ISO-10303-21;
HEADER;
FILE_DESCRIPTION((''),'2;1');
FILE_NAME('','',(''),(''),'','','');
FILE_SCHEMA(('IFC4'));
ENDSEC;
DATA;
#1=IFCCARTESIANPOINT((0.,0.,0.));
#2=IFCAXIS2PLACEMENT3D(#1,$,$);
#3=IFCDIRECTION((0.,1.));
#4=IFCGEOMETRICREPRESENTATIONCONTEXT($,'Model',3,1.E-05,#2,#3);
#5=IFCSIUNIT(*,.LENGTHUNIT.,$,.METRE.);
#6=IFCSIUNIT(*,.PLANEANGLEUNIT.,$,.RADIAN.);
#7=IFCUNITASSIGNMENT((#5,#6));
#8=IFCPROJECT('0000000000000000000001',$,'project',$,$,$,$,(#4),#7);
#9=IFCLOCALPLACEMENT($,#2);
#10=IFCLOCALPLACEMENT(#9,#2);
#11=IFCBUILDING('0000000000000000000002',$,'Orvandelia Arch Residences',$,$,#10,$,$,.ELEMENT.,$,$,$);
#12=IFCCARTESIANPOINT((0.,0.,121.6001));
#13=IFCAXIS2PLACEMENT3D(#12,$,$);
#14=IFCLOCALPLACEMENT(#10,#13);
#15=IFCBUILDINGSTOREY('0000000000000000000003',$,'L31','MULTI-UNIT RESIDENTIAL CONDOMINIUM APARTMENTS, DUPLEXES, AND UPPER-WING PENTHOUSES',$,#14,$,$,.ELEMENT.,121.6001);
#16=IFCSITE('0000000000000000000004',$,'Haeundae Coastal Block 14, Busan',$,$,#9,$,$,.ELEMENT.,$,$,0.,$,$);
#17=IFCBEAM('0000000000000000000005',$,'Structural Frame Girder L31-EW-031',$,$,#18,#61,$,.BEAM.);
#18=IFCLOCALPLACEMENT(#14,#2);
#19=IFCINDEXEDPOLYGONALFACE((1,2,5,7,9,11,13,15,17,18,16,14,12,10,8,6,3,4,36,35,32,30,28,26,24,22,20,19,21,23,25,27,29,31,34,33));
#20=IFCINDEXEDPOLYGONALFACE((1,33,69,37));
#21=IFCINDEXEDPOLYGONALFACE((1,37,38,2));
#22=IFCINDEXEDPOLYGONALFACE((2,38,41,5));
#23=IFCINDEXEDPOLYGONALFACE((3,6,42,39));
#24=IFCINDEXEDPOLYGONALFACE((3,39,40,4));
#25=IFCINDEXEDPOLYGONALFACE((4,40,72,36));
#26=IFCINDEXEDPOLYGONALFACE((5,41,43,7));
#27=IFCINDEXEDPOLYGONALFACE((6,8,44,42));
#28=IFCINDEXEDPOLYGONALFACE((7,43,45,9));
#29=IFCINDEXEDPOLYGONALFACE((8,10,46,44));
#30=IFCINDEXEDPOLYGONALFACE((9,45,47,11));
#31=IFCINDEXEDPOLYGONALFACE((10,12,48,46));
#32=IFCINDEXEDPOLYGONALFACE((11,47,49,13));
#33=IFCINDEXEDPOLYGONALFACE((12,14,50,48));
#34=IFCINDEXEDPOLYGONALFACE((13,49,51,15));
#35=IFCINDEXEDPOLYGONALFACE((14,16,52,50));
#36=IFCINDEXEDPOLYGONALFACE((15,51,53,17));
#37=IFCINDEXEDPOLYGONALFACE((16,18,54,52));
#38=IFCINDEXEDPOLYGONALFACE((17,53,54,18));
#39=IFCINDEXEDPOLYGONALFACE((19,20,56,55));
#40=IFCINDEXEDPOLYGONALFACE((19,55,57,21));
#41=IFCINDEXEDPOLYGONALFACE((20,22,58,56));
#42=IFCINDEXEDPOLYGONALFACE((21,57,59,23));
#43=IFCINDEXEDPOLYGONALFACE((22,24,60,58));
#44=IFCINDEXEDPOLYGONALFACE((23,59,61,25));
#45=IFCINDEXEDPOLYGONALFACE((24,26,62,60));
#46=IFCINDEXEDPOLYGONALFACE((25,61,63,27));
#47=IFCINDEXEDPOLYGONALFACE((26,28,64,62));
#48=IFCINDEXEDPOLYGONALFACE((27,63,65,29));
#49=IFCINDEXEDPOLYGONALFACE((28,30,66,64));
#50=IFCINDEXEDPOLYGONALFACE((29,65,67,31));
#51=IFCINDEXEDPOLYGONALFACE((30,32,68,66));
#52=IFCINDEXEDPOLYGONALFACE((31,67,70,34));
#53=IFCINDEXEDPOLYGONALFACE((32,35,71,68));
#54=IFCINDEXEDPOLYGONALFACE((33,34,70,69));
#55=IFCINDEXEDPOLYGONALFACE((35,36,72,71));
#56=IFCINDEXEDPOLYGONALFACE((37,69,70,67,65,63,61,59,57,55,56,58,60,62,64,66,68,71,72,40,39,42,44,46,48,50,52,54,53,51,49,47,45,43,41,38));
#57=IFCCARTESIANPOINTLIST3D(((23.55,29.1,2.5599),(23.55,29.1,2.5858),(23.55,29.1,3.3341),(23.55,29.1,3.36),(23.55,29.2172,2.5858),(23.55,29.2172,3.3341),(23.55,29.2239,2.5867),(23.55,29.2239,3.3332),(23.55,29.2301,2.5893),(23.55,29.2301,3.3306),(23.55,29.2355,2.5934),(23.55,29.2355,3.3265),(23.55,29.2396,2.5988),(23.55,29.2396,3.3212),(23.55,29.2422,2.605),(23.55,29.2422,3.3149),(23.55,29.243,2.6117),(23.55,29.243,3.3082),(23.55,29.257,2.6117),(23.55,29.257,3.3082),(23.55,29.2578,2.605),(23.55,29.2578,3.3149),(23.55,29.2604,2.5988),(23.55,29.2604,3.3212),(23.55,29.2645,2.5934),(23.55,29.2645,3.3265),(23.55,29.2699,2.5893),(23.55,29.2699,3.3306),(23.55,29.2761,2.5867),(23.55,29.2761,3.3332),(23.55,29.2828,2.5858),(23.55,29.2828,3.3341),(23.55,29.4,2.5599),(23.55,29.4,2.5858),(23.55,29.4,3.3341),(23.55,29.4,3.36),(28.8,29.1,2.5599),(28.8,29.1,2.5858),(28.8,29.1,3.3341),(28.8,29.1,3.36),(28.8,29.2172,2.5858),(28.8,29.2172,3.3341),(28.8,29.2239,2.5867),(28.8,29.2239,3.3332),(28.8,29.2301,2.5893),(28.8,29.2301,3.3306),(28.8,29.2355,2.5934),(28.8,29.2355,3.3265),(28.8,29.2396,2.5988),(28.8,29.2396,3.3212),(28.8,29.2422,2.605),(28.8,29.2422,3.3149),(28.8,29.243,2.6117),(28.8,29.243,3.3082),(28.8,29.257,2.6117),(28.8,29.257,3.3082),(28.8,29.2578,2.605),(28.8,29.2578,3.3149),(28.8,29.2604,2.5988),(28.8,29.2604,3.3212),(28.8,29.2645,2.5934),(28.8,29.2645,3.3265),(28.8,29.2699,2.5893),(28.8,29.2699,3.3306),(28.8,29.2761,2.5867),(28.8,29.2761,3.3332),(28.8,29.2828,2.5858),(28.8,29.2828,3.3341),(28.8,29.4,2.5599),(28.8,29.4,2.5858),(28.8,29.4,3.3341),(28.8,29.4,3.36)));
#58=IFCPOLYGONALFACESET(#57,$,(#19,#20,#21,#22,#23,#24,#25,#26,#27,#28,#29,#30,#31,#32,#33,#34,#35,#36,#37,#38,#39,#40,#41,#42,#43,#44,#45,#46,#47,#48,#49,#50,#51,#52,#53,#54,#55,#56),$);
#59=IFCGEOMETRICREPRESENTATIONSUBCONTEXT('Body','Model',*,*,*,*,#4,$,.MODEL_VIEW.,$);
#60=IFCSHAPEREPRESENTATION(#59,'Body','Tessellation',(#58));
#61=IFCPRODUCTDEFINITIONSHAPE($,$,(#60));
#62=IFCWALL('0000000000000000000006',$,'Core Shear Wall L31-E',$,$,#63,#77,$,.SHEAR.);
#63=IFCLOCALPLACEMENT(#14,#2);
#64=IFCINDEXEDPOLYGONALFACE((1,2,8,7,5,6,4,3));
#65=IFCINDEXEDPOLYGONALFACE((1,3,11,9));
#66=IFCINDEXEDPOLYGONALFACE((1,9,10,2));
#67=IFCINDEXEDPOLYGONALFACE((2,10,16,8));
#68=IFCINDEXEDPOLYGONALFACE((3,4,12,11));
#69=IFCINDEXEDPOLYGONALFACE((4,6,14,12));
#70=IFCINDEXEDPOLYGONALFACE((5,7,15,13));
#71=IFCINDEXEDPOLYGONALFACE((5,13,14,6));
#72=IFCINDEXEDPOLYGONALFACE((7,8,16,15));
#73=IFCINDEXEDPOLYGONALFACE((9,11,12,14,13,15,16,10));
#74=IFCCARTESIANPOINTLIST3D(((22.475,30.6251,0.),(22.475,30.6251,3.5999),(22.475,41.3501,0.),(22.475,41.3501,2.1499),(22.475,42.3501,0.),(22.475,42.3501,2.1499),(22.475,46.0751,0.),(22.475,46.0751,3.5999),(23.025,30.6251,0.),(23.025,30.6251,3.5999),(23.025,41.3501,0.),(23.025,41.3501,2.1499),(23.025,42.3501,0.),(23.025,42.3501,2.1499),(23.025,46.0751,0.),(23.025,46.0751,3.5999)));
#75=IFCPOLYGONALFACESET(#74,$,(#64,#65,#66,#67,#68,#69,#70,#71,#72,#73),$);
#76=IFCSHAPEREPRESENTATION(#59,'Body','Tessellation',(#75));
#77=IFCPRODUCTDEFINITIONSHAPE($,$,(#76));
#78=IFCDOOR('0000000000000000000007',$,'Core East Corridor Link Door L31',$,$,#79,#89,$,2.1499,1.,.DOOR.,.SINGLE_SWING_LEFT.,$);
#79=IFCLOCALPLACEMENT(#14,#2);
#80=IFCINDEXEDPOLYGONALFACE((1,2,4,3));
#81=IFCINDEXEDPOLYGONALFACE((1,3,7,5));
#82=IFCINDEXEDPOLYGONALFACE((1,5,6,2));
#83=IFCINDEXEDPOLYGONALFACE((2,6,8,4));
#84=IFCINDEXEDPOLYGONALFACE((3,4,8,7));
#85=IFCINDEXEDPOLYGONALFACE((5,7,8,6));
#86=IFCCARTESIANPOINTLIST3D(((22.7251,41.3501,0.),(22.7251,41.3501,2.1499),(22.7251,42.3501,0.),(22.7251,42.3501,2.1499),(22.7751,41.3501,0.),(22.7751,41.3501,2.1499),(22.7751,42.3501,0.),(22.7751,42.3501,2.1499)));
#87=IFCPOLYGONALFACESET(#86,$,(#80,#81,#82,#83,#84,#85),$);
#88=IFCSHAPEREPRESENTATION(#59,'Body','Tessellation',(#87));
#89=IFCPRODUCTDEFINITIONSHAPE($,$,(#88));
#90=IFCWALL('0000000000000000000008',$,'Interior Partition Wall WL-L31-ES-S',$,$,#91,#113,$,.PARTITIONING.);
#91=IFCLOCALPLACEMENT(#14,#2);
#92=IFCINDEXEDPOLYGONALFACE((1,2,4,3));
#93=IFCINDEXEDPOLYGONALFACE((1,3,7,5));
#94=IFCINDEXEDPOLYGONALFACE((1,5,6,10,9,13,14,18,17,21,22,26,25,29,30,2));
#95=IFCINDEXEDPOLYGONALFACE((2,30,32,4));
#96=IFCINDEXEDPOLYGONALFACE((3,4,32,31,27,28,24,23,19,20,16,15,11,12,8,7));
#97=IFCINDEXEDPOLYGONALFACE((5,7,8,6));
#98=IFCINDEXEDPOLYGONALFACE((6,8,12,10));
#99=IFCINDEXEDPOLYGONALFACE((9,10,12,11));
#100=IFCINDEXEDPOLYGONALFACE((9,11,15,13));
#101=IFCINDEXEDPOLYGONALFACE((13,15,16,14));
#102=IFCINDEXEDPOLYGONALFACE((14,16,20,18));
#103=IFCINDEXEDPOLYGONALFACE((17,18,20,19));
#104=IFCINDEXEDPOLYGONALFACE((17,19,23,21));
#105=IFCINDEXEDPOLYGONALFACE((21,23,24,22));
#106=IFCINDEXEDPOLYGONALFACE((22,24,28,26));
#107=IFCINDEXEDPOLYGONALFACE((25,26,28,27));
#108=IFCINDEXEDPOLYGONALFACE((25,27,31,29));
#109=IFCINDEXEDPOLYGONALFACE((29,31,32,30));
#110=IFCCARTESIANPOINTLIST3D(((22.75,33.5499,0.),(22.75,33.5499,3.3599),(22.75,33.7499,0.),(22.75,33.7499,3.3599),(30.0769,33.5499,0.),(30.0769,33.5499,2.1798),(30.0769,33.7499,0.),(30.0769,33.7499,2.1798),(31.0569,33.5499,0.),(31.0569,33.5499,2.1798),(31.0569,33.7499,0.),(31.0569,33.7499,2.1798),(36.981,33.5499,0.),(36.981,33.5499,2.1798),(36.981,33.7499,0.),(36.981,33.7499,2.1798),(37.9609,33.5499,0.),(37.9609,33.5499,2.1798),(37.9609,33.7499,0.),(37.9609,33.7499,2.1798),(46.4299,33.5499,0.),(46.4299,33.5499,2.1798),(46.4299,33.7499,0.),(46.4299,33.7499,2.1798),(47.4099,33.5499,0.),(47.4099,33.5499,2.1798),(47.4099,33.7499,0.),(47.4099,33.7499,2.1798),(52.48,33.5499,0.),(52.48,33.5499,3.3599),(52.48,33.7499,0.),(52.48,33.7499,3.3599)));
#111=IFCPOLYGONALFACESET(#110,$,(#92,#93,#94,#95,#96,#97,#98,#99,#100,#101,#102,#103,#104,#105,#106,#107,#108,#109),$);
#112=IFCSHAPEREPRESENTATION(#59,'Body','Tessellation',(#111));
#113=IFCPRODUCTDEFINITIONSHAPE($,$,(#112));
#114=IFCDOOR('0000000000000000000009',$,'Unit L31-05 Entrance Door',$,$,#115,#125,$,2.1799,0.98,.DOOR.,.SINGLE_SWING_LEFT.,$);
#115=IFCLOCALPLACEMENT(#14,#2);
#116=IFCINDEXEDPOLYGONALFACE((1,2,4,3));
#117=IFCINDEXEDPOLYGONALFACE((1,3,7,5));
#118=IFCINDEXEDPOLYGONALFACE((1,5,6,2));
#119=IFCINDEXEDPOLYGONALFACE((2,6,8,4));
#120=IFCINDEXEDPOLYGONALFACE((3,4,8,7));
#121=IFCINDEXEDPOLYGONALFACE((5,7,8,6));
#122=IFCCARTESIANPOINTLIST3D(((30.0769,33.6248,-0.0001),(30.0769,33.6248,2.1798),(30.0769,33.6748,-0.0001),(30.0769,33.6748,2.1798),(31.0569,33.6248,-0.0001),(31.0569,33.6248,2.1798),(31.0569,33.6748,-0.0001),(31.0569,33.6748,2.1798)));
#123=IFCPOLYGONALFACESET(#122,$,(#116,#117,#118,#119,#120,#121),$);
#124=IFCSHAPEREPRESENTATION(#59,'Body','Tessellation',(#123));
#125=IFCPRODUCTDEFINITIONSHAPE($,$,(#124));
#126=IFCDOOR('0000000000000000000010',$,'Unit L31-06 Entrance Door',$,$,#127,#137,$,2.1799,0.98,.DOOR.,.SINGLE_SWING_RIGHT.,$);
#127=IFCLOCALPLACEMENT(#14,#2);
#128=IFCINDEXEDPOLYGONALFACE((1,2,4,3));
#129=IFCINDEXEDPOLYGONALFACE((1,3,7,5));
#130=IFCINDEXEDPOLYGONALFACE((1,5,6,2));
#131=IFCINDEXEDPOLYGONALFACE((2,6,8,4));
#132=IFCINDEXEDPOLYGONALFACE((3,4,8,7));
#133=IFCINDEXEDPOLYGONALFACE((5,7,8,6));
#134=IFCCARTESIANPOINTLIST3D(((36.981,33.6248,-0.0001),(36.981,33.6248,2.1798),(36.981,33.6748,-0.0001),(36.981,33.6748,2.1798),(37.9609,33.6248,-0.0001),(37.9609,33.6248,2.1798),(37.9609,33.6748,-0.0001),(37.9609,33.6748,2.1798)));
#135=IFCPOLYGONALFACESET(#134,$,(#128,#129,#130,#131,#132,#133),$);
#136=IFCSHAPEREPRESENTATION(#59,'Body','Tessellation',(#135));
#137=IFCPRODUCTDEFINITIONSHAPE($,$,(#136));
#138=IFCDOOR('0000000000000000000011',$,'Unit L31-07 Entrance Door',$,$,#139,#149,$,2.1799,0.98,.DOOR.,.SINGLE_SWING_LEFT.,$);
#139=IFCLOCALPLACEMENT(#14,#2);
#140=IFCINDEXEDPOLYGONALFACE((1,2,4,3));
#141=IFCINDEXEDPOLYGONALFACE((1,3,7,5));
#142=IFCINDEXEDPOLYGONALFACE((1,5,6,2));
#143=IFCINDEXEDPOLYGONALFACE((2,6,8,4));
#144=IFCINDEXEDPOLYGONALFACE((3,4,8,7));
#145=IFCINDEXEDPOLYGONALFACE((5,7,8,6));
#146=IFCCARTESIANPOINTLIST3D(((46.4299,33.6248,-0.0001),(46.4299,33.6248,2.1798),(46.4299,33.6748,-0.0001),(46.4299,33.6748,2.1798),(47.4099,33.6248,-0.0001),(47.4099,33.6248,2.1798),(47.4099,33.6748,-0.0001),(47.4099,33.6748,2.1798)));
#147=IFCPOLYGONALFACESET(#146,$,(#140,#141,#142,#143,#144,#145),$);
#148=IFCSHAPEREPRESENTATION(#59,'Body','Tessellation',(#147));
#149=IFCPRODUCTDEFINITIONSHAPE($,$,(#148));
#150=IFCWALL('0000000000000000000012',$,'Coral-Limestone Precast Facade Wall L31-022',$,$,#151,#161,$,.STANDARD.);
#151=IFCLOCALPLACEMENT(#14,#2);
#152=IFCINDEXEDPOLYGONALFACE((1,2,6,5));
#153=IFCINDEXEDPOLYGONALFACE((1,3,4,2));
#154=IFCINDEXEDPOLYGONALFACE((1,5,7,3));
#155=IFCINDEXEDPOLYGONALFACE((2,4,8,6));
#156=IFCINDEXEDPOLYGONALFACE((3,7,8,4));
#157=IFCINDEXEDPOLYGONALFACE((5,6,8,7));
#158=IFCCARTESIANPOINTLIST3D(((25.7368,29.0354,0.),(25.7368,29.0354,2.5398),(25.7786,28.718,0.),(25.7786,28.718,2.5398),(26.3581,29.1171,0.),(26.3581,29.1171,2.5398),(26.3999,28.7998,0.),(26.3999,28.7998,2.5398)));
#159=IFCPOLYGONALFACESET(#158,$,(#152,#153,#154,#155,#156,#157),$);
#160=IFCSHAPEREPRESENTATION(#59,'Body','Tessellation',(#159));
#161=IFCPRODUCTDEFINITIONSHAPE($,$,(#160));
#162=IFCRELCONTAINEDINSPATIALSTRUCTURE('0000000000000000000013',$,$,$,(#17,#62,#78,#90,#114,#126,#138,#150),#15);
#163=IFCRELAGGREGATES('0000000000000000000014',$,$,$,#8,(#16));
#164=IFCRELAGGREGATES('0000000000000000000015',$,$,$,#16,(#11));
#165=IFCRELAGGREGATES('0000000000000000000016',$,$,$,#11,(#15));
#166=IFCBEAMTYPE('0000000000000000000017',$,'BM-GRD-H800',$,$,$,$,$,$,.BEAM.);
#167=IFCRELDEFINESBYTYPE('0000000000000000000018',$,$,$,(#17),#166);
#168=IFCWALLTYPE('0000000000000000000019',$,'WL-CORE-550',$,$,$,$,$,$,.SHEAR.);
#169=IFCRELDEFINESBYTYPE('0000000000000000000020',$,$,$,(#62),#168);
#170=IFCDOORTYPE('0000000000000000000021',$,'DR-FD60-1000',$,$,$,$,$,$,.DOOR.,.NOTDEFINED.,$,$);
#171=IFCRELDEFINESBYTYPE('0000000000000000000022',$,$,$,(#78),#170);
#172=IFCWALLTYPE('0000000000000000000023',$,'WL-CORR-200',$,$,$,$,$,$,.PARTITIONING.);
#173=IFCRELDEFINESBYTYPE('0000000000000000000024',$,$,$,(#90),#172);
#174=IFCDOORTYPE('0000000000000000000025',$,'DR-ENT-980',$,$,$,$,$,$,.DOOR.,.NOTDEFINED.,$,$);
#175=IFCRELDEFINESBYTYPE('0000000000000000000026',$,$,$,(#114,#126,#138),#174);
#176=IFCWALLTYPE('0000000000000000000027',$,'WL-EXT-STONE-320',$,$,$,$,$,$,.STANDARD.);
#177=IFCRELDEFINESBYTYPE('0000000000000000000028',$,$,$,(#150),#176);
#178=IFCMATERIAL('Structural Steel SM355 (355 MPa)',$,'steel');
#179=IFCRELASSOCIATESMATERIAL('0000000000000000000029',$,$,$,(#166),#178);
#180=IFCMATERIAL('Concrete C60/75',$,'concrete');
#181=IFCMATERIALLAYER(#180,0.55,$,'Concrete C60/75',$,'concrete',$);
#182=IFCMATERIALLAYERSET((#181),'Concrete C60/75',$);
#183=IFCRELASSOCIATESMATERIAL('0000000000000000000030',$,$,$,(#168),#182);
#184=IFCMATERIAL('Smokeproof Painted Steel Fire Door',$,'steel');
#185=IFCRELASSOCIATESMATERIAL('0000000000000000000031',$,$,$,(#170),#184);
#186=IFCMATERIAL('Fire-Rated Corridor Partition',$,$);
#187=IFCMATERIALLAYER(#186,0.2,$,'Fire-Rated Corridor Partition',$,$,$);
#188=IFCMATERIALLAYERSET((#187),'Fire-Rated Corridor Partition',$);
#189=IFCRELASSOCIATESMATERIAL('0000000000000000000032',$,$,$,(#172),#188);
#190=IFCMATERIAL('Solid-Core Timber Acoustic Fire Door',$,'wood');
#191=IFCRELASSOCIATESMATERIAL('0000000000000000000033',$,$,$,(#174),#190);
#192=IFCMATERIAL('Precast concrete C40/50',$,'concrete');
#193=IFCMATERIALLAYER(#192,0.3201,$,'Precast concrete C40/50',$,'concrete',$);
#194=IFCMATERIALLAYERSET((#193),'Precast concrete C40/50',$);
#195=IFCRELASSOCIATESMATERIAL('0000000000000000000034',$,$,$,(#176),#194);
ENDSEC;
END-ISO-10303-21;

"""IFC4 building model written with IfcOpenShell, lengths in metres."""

from ifc_helpers import new_model, si_unit, direction, frame, frame_2d, origin, origin_2d, place, context, subcontext, project, spatial, rectangle, i_section, extrude, material, layer, layer_set, material_profile, profile_set, type_object, element, fill, save


model = new_model("IFC4")

# Units and contexts
model_context = context("Model", 3, precision=1e-05, world=origin(), true_north=direction((0.0, 1.0)))
body_context = subcontext(model_context, "Body", "Model", "MODEL_VIEW")
ifc_project = project(units=[si_unit("LENGTHUNIT", "METRE"), si_unit("PLANEANGLEUNIT", "RADIAN")], contexts=[model_context])

# Site, building, storey
site_placement = place(None, origin())
site = spatial("IfcSite", under=ifc_project, at=site_placement, Name="Haeundae Coastal Block 14, Busan", CompositionType="ELEMENT", RefElevation=0.0)
building_placement = place(site_placement, origin())
building = spatial("IfcBuilding", under=site, at=building_placement, Name="Orvandelia Arch Residences", CompositionType="ELEMENT")
storey_placement = place(building_placement, frame((0.0, 0.0, 121.6001)))
storey = spatial("IfcBuildingStorey", under=building, at=storey_placement, Name="L31", Description="MULTI-UNIT RESIDENTIAL CONDOMINIUM APARTMENTS, DUPLEXES, AND UPPER-WING PENTHOUSES", CompositionType="ELEMENT", Elevation=121.6001)

# Shared definitions
ifc_material_1 = material(Name="Concrete C60/75", Category="concrete")

# Beam
ifc_material_2 = material(Name="Structural Steel SM355 (355 MPa)", Category="steel")
ifc_material_profile_1 = material_profile(ifc_material_2, i_section(OverallWidth=0.3, OverallDepth=0.8, WebThickness=0.0139, FlangeThickness=0.0259, FilletRadius=0.0259, at=origin_2d()), Name="Structural Steel SM355 (355 MPa)", Category="steel")
ifc_profile_set_1 = profile_set([ifc_material_profile_1], Name="Structural Steel SM355 (355 MPa)")
beam_type = type_object("IfcBeamType", Name="BM-GRD-H800", PredefinedType="BEAM", material=ifc_profile_set_1)
beam_1_placement = place(storey_placement, frame((23.55, 29.25, 2.96), z_axis=(1.0, 0.0, 0.0), x_axis=(0.0, 1.0, 0.0)))
element("IfcBeam", 1, at=beam_1_placement, inside=storey, type_object=beam_type, Name="Structural Frame Girder L31-EW-031", PredefinedType="BEAM", context=body_context, shape_type="SweptSolid", body=[
    extrude(i_section(OverallWidth=0.3, OverallDepth=0.8, WebThickness=0.0139, FlangeThickness=0.0259, FilletRadius=0.0259, at=origin_2d()), origin(), (0.0, 0.0, 1.0), 5.25),
])

# Wall, opening, door
ifc_layer_1 = layer(ifc_material_1, 0.55, Name="Concrete C60/75", Category="concrete")
ifc_layer_set_1 = layer_set([ifc_layer_1], Name="Concrete C60/75")
wall_type_1 = type_object("IfcWallType", Name="WL-CORE-550", PredefinedType="SHEAR", material=ifc_layer_set_1)
wall_1_placement = place(storey_placement, frame((22.75, 30.625, 0.0), z_axis=(0.0, 0.0, 1.0), x_axis=(0.0, 1.0, 0.0)))
wall_1 = element("IfcWall", 2, at=wall_1_placement, inside=storey, type_object=wall_type_1, Name="Core Shear Wall L31-E", PredefinedType="SHEAR", context=body_context, shape_type="SweptSolid", body=[
    extrude(rectangle(XDim=15.45, YDim=0.55, at=frame_2d((7.7251, 0.0))), origin(), (0.0, 0.0, 1.0), 3.5999),
])
opening_1_placement = place(wall_1_placement, frame((10.7251, 0.0, 0.0)))
opening_1 = element("IfcOpeningElement", 3, at=opening_1_placement, cuts=wall_1, PredefinedType="OPENING", context=body_context, shape_type="SweptSolid", body=[
    extrude(rectangle(XDim=1.0, YDim=2.1499, at=frame_2d((0.5, 1.075))), frame((0.0, 0.2852, 0.0), z_axis=(0.0, -1.0, 0.0), x_axis=(1.0, 0.0, 0.0)), (0.0, 0.0, 1.0), 0.5701),
])
ifc_material_3 = material(Name="Smokeproof Painted Steel Fire Door", Category="steel")
door_type_1 = type_object("IfcDoorType", Name="DR-FD60-1000", OperationType="NOTDEFINED", PredefinedType="DOOR", material=ifc_material_3)
door_1_placement = place(opening_1_placement, origin())
door_1 = element("IfcDoor", 4, at=door_1_placement, inside=storey, type_object=door_type_1, Name="Core East Corridor Link Door L31", OperationType="SINGLE_SWING_LEFT", OverallHeight=2.1499, OverallWidth=1.0, PredefinedType="DOOR", context=body_context, shape_type="SweptSolid", body=[
    extrude(rectangle(XDim=1.0, YDim=2.1499, at=frame_2d((0.5, 1.075))), frame((0.0, 0.0249, 0.0), z_axis=(0.0, -1.0, 0.0), x_axis=(1.0, 0.0, 0.0)), (0.0, 0.0, 1.0), 0.05),
])
fill(opening_1, door_1)

# Wall, openings, doors
ifc_material_4 = material(Name="Fire-Rated Corridor Partition")
ifc_layer_2 = layer(ifc_material_4, 0.2, Name="Fire-Rated Corridor Partition")
ifc_layer_set_2 = layer_set([ifc_layer_2], Name="Fire-Rated Corridor Partition")
wall_type_2 = type_object("IfcWallType", Name="WL-CORR-200", PredefinedType="PARTITIONING", material=ifc_layer_set_2)
wall_2_placement = place(storey_placement, frame((22.75, 33.6499, 0.0), z_axis=(0.0, 0.0, 1.0), x_axis=(1.0, 0.0, 0.0)))
wall_2 = element("IfcWall", 5, at=wall_2_placement, inside=storey, type_object=wall_type_2, Name="Interior Partition Wall WL-L31-ES-S", PredefinedType="PARTITIONING", context=body_context, shape_type="SweptSolid", body=[
    extrude(rectangle(XDim=29.73, YDim=0.2, at=frame_2d((14.865, 0.0))), origin(), (0.0, 0.0, 1.0), 3.3599),
])
opening_2_placement = place(wall_2_placement, frame((7.3269, 0.0, 0.0)))
opening_2 = element("IfcOpeningElement", 6, at=opening_2_placement, cuts=wall_2, PredefinedType="OPENING", context=body_context, shape_type="SweptSolid", body=[
    extrude(rectangle(XDim=0.98, YDim=2.1799, at=frame_2d((0.49, 1.0898))), frame((0.0, 0.1099, 0.0), z_axis=(0.0, -1.0, 0.0), x_axis=(1.0, 0.0, 0.0)), (0.0, 0.0, 1.0), 0.22),
])
opening_3_placement = place(wall_2_placement, frame((14.231, 0.0, 0.0)))
opening_3 = element("IfcOpeningElement", 7, at=opening_3_placement, cuts=wall_2, PredefinedType="OPENING", context=body_context, shape_type="SweptSolid", body=[
    extrude(rectangle(XDim=0.98, YDim=2.1799, at=frame_2d((0.49, 1.0898))), frame((0.0, 0.1099, 0.0), z_axis=(0.0, -1.0, 0.0), x_axis=(1.0, 0.0, 0.0)), (0.0, 0.0, 1.0), 0.22),
])
opening_4_placement = place(wall_2_placement, frame((23.6799, 0.0, 0.0)))
opening_4 = element("IfcOpeningElement", 8, at=opening_4_placement, cuts=wall_2, PredefinedType="OPENING", context=body_context, shape_type="SweptSolid", body=[
    extrude(rectangle(XDim=0.98, YDim=2.1799, at=frame_2d((0.49, 1.0898))), frame((0.0, 0.1099, 0.0), z_axis=(0.0, -1.0, 0.0), x_axis=(1.0, 0.0, 0.0)), (0.0, 0.0, 1.0), 0.22),
])
ifc_material_5 = material(Name="Solid-Core Timber Acoustic Fire Door", Category="wood")
door_type_2 = type_object("IfcDoorType", Name="DR-ENT-980", OperationType="NOTDEFINED", PredefinedType="DOOR", material=ifc_material_5)
door_2_placement = place(opening_2_placement, origin())
door_2 = element("IfcDoor", 9, at=door_2_placement, inside=storey, type_object=door_type_2, Name="Unit L31-05 Entrance Door", OperationType="SINGLE_SWING_LEFT", OverallHeight=2.1799, OverallWidth=0.98, PredefinedType="DOOR", context=body_context, shape_type="SweptSolid", body=[
    extrude(rectangle(XDim=0.98, YDim=2.1799, at=frame_2d((0.49, 1.0898))), frame((0.0, 0.0249, 0.0), z_axis=(0.0, -1.0, 0.0), x_axis=(1.0, 0.0, 0.0)), (0.0, 0.0, 1.0), 0.05),
])
fill(opening_2, door_2)
door_3_placement = place(opening_3_placement, origin())
door_3 = element("IfcDoor", 10, at=door_3_placement, inside=storey, type_object=door_type_2, Name="Unit L31-06 Entrance Door", OperationType="SINGLE_SWING_RIGHT", OverallHeight=2.1799, OverallWidth=0.98, PredefinedType="DOOR", context=body_context, shape_type="SweptSolid", body=[
    extrude(rectangle(XDim=0.98, YDim=2.1799, at=frame_2d((0.49, 1.0898))), frame((0.0, 0.0249, 0.0), z_axis=(0.0, -1.0, 0.0), x_axis=(1.0, 0.0, 0.0)), (0.0, 0.0, 1.0), 0.05),
])
fill(opening_3, door_3)
door_4_placement = place(opening_4_placement, origin())
door_4 = element("IfcDoor", 11, at=door_4_placement, inside=storey, type_object=door_type_2, Name="Unit L31-07 Entrance Door", OperationType="SINGLE_SWING_LEFT", OverallHeight=2.1799, OverallWidth=0.98, PredefinedType="DOOR", context=body_context, shape_type="SweptSolid", body=[
    extrude(rectangle(XDim=0.98, YDim=2.1799, at=frame_2d((0.49, 1.0898))), frame((0.0, 0.0249, 0.0), z_axis=(0.0, -1.0, 0.0), x_axis=(1.0, 0.0, 0.0)), (0.0, 0.0, 1.0), 0.05),
])
fill(opening_4, door_4)

# Wall
ifc_material_6 = material(Name="Precast concrete C40/50", Category="concrete")
ifc_layer_3 = layer(ifc_material_6, 0.3201, Name="Precast concrete C40/50", Category="concrete")
ifc_layer_set_3 = layer_set([ifc_layer_3], Name="Precast concrete C40/50")
wall_type_3 = type_object("IfcWallType", Name="WL-EXT-STONE-320", PredefinedType="STANDARD", material=ifc_layer_set_3)
wall_3_placement = place(storey_placement, frame((26.3792, 28.9585, 0.0), z_axis=(0.0, 0.0, 1.0), x_axis=(-0.991448, -0.130505, 0.0)))
element("IfcWall", 12, at=wall_3_placement, inside=storey, type_object=wall_type_3, Name="Coral-Limestone Precast Facade Wall L31-022", PredefinedType="STANDARD", context=body_context, shape_type="SweptSolid", body=[
    extrude(rectangle(XDim=0.6267, YDim=0.3201, at=frame_2d((0.3135, 0.0))), origin(), (0.0, 0.0, 1.0), 2.5398),
])

save(model, "model.ifc")
